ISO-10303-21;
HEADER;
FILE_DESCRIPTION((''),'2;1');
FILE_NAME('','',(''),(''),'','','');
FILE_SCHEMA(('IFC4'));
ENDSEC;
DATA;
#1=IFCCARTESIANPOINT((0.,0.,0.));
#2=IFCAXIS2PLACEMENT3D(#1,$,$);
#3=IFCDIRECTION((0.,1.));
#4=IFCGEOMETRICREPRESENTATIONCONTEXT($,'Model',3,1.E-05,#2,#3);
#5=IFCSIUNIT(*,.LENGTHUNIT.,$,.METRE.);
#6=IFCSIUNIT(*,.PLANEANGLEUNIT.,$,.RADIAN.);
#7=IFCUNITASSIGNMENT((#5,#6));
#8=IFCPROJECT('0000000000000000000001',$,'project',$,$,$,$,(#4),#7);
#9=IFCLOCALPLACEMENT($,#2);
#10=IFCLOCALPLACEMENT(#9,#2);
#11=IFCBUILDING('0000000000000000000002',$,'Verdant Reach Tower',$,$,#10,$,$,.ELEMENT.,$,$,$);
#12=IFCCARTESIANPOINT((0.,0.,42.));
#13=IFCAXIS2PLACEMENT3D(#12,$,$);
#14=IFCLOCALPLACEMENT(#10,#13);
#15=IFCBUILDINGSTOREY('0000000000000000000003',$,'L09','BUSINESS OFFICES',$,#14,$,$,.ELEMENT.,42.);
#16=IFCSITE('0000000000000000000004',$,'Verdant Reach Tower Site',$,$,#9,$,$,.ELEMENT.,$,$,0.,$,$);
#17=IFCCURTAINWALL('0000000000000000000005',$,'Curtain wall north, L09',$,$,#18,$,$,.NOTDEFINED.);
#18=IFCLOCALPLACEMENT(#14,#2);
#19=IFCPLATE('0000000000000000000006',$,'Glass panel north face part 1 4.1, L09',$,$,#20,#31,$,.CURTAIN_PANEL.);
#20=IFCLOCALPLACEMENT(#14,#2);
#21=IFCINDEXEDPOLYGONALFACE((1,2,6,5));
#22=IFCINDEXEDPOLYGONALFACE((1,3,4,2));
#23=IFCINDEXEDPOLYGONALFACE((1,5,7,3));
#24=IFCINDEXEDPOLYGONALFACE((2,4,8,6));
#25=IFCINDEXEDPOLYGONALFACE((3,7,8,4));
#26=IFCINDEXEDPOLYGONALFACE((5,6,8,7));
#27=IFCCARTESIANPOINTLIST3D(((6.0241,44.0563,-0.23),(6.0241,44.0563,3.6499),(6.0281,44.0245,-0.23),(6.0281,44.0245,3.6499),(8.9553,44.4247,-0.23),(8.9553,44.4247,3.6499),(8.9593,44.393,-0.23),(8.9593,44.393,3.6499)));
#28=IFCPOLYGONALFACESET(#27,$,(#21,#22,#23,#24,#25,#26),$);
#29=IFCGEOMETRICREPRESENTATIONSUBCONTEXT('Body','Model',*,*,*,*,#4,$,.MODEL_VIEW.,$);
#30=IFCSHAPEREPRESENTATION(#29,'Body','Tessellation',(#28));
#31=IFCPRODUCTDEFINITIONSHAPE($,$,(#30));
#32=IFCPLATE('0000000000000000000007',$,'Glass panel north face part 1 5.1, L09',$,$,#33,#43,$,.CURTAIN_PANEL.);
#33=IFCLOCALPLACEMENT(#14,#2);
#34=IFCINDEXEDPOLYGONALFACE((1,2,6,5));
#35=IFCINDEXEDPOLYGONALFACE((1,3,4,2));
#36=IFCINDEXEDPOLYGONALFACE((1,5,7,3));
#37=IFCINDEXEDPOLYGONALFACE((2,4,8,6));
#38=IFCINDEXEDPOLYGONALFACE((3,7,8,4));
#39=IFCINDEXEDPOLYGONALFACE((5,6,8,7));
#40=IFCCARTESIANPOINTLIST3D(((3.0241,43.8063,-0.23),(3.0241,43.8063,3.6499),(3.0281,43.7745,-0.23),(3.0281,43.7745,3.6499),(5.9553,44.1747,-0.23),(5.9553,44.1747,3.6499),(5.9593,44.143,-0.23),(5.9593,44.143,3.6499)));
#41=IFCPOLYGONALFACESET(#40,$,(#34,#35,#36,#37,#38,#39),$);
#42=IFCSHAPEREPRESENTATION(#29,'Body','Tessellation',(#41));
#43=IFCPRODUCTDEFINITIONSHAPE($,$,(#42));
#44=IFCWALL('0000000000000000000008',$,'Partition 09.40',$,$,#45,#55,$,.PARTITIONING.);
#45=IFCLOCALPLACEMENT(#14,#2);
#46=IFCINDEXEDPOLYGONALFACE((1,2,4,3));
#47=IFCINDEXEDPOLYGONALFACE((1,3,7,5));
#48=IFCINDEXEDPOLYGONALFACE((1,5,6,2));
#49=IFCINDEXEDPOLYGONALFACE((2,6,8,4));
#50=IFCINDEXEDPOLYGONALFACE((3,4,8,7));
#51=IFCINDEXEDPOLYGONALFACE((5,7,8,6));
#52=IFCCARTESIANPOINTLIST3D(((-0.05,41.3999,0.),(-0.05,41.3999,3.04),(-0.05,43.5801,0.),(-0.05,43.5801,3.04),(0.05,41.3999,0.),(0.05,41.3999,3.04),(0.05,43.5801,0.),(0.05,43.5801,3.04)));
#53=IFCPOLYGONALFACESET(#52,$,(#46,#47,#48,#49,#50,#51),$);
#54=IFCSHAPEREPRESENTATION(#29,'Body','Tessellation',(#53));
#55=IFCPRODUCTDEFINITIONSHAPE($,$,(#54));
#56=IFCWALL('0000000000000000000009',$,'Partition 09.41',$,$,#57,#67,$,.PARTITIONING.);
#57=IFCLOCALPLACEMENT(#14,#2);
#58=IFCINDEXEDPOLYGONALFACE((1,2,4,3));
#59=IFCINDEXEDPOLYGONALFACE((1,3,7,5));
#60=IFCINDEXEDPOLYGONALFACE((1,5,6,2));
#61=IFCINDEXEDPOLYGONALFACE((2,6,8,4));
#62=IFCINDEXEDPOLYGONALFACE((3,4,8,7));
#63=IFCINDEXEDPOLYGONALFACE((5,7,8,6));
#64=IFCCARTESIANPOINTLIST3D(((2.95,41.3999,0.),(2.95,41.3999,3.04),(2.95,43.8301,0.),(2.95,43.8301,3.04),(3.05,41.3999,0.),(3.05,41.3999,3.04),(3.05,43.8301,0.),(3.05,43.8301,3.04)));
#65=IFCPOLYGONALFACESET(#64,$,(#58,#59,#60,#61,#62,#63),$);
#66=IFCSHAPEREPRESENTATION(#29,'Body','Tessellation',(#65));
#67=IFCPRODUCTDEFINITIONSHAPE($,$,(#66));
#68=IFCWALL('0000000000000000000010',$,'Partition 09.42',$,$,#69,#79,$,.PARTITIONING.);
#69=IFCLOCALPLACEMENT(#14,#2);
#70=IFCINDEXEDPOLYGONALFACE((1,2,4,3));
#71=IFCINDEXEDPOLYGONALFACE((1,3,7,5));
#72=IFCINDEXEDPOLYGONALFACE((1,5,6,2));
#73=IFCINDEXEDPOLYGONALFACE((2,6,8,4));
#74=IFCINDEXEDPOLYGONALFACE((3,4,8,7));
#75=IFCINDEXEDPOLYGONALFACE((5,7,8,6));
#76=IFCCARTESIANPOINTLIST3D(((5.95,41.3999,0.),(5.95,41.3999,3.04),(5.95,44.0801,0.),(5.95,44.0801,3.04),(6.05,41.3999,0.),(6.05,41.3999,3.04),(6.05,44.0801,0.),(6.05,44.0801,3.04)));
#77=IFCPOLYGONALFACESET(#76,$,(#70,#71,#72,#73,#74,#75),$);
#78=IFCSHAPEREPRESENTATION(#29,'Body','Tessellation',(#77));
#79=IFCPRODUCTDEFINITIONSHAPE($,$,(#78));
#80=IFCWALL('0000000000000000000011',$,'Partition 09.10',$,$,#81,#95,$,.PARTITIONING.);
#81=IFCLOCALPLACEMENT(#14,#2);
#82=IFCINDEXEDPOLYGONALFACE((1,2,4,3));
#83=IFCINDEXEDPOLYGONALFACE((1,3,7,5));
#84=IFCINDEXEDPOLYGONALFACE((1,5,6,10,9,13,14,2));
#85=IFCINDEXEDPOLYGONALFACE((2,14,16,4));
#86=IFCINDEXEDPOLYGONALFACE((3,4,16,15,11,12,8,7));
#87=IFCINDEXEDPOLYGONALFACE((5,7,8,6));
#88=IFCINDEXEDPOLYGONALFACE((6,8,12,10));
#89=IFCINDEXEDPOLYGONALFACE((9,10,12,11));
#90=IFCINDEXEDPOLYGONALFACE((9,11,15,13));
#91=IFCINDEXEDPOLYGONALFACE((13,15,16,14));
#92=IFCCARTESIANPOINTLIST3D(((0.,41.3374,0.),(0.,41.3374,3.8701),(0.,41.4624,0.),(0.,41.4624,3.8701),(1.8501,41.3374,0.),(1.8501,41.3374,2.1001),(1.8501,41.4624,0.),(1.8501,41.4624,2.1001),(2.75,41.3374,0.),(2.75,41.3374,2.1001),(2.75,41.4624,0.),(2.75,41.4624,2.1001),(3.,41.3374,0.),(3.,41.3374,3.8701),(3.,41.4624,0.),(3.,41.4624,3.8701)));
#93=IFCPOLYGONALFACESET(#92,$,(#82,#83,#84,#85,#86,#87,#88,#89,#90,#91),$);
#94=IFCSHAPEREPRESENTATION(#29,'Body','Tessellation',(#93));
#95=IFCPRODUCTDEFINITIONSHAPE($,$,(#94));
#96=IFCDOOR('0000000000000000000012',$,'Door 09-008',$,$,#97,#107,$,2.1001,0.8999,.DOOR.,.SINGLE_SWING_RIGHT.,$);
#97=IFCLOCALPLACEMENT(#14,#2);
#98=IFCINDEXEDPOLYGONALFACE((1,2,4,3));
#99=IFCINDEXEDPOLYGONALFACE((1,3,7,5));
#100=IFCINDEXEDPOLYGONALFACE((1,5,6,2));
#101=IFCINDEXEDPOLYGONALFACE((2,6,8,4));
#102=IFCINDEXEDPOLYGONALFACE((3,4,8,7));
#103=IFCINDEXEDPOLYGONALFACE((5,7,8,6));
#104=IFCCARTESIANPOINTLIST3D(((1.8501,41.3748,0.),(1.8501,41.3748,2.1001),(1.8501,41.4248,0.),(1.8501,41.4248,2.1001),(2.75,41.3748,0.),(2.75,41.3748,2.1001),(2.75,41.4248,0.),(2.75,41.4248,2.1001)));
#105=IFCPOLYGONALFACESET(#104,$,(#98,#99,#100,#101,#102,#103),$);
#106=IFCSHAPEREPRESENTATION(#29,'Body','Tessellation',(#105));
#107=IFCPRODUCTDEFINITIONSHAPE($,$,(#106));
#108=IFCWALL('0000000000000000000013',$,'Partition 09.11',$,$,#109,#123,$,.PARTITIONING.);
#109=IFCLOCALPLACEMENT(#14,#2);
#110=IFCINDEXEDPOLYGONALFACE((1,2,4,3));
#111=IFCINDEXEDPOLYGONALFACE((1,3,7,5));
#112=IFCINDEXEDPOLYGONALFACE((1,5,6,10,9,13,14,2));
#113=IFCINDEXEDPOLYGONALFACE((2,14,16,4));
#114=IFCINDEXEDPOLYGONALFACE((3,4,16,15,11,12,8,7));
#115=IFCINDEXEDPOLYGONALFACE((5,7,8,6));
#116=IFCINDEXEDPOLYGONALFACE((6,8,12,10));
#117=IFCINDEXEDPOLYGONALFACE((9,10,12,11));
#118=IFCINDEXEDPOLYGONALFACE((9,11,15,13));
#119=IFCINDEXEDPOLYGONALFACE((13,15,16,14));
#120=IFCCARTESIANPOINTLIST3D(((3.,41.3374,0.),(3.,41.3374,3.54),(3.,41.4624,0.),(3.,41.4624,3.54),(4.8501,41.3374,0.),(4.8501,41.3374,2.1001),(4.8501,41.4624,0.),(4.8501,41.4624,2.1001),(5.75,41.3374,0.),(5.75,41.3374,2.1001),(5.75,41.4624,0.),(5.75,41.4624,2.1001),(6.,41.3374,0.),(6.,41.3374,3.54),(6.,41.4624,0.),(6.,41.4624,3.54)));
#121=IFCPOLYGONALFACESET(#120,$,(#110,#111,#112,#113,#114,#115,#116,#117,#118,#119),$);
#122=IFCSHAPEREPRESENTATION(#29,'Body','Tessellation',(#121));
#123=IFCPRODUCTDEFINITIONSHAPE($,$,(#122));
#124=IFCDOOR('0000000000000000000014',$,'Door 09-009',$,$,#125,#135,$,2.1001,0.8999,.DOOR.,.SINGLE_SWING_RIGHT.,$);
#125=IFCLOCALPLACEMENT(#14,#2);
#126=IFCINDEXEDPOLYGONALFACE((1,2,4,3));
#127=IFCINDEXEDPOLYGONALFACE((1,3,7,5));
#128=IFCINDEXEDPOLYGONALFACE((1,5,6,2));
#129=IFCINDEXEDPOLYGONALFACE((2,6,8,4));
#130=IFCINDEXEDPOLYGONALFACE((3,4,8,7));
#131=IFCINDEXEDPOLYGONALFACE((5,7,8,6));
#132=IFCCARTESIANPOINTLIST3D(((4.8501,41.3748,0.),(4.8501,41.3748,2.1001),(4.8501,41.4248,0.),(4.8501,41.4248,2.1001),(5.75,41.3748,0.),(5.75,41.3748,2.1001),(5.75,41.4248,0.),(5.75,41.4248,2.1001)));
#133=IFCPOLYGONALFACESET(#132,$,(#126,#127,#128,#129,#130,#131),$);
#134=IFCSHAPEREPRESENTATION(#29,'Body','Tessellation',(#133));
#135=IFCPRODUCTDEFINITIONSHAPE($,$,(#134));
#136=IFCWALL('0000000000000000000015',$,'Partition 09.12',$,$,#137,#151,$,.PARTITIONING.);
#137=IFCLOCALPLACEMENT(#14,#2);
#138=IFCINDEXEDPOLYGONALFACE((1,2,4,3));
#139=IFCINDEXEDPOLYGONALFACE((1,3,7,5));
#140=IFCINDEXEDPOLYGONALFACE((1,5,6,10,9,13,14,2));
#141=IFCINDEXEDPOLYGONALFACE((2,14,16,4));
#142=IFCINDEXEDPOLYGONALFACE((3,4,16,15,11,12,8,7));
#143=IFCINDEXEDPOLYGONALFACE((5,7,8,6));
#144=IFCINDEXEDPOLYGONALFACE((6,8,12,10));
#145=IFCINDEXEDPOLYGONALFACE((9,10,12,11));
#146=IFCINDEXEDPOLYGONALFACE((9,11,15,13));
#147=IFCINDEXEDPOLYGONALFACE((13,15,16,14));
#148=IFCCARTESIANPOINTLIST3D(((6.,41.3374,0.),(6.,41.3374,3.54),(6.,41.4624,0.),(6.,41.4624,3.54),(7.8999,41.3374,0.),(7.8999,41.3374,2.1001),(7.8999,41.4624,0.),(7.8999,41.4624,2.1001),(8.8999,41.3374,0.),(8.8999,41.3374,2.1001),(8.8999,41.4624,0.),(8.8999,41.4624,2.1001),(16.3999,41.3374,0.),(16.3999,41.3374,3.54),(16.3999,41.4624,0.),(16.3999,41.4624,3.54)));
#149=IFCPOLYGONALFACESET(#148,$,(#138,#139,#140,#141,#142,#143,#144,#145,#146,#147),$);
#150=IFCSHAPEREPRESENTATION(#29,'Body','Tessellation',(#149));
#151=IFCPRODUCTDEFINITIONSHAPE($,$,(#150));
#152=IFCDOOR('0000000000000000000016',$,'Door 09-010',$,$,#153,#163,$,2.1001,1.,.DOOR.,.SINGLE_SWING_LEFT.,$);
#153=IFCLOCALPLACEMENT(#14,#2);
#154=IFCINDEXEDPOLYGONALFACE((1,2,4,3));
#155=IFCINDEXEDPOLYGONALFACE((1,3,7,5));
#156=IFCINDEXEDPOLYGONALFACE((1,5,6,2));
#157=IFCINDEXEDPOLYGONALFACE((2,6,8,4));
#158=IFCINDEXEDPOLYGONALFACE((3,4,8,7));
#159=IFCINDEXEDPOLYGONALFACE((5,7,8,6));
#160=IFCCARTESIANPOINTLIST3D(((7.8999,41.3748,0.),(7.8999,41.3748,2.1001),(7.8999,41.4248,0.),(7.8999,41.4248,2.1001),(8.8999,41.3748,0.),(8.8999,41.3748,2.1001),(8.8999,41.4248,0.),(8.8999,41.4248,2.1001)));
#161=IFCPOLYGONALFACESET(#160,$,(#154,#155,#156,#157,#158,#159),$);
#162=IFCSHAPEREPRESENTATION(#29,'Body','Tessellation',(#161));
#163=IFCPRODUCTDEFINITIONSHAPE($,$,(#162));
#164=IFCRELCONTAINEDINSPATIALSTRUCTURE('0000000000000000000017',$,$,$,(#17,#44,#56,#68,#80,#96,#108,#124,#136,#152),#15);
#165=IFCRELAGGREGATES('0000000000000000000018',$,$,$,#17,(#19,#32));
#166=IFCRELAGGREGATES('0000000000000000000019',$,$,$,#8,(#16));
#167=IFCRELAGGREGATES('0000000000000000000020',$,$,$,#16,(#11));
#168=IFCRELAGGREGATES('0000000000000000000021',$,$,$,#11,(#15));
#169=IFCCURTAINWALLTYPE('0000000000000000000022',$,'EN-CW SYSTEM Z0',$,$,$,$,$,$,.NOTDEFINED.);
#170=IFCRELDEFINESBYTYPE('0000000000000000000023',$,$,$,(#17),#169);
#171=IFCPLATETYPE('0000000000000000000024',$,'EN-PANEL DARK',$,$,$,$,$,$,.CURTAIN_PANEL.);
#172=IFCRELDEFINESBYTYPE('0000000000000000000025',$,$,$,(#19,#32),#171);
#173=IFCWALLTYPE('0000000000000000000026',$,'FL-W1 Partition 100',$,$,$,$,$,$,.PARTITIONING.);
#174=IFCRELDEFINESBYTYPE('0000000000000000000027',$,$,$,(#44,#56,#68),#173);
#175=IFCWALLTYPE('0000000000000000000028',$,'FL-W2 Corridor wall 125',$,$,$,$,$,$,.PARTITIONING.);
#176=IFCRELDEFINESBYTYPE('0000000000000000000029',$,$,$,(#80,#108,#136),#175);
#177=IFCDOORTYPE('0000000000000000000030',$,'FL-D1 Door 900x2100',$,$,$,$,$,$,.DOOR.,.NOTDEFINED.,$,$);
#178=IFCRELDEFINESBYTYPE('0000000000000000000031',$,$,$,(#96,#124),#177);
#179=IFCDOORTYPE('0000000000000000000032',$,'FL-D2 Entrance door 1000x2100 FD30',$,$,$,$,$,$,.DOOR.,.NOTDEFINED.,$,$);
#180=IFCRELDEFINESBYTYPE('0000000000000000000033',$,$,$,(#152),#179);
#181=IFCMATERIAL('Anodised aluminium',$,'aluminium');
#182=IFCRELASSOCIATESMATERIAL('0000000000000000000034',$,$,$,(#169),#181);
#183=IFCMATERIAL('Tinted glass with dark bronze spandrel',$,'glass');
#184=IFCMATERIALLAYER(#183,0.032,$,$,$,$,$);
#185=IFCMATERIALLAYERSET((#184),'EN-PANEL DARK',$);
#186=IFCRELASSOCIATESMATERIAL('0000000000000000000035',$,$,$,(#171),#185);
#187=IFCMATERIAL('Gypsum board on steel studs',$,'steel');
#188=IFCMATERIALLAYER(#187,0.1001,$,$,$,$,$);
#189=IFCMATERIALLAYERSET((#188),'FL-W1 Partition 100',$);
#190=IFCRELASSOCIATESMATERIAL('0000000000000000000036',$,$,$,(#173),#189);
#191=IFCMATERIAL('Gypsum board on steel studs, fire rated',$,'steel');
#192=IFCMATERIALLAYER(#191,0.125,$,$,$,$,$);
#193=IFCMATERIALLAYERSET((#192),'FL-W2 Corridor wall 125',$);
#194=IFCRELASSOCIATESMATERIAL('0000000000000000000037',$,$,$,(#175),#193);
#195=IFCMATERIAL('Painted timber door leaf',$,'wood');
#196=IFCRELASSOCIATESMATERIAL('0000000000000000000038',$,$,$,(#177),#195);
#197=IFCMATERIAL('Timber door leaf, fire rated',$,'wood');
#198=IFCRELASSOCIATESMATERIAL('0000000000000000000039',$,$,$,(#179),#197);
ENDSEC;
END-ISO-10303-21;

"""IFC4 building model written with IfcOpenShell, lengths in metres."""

from ifc_helpers import new_model, si_unit, direction, frame, frame_2d, origin, origin_2d, place, context, subcontext, project, spatial, rectangle, extrude, material, layer, layer_set, type_object, element, fill, aggregate, save


model = new_model("IFC4")

# Units and contexts
model_context = context("Model", 3, precision=1e-05, world=origin(), true_north=direction((0.0, 1.0)))
body_context = subcontext(model_context, "Body", "Model", "MODEL_VIEW")
ifc_project = project(units=[si_unit("LENGTHUNIT", "METRE"), si_unit("PLANEANGLEUNIT", "RADIAN")], contexts=[model_context])

# Site, building, storey
site_placement = place(None, origin())
site = spatial("IfcSite", under=ifc_project, at=site_placement, Name="Verdant Reach Tower Site", CompositionType="ELEMENT", RefElevation=0.0)
building_placement = place(site_placement, origin())
building = spatial("IfcBuilding", under=site, at=building_placement, Name="Verdant Reach Tower", CompositionType="ELEMENT")
storey_placement = place(building_placement, frame((0.0, 0.0, 42.0)))
storey = spatial("IfcBuildingStorey", under=building, at=storey_placement, Name="L09", Description="BUSINESS OFFICES", CompositionType="ELEMENT", Elevation=42.0)

# Curtain wall, plates
ifc_material_1 = material(Name="Anodised aluminium", Category="aluminium")
curtain_wall_type = type_object("IfcCurtainWallType", Name="EN-CW SYSTEM Z0", PredefinedType="NOTDEFINED", material=ifc_material_1)
curtain_wall_placement = place(storey_placement, origin())
curtain_wall = element("IfcCurtainWall", 1, at=curtain_wall_placement, inside=storey, type_object=curtain_wall_type, Name="Curtain wall north, L09", PredefinedType="NOTDEFINED")
ifc_material_2 = material(Name="Tinted glass with dark bronze spandrel", Category="glass")
ifc_layer_1 = layer(ifc_material_2, 0.032)
ifc_layer_set_1 = layer_set([ifc_layer_1], Name="EN-PANEL DARK")
plate_type_1 = type_object("IfcPlateType", Name="EN-PANEL DARK", PredefinedType="CURTAIN_PANEL", material=ifc_layer_set_1)
plate_1_placement = place(storey_placement, frame((7.4917, 44.2246, -0.23), z_axis=(0.0, 0.0, 1.0), x_axis=(-0.992194, -0.124704, 0.0)))
plate_1 = element("IfcPlate", 2, at=plate_1_placement, type_object=plate_type_1, Name="Glass panel north face part 1 4.1, L09", PredefinedType="CURTAIN_PANEL", context=body_context, shape_type="SweptSolid", body=[
    extrude(rectangle(XDim=2.9543, YDim=0.032, at=origin_2d()), origin(), (0.0, 0.0, 1.0), 3.8799),
])
plate_2_placement = place(storey_placement, frame((4.4917, 43.9746, -0.23), z_axis=(0.0, 0.0, 1.0), x_axis=(-0.992194, -0.124704, 0.0)))
plate_2 = element("IfcPlate", 3, at=plate_2_placement, type_object=plate_type_1, Name="Glass panel north face part 1 5.1, L09", PredefinedType="CURTAIN_PANEL", context=body_context, shape_type="SweptSolid", body=[
    extrude(rectangle(XDim=2.9543, YDim=0.032, at=origin_2d()), origin(), (0.0, 0.0, 1.0), 3.8799),
])
aggregate(curtain_wall, [plate_1, plate_2])

# Walls
ifc_material_3 = material(Name="Gypsum board on steel studs", Category="steel")
ifc_layer_2 = layer(ifc_material_3, 0.1001)
ifc_layer_set_2 = layer_set([ifc_layer_2], Name="FL-W1 Partition 100")
wall_type_1 = type_object("IfcWallType", Name="FL-W1 Partition 100", PredefinedType="PARTITIONING", material=ifc_layer_set_2)
wall_1_placement = place(storey_placement, frame((0.0, 41.3999, 0.0), z_axis=(0.0, 0.0, 1.0), x_axis=(0.0, 1.0, 0.0)))
element("IfcWall", 4, at=wall_1_placement, inside=storey, type_object=wall_type_1, Name="Partition 09.40", PredefinedType="PARTITIONING", context=body_context, shape_type="SweptSolid", body=[
    extrude(rectangle(XDim=2.1802, YDim=0.1001, at=frame_2d((1.0901, 0.0))), origin(), (0.0, 0.0, 1.0), 3.04),
])
wall_2_placement = place(storey_placement, frame((3.0, 41.3999, 0.0), z_axis=(0.0, 0.0, 1.0), x_axis=(0.0, 1.0, 0.0)))
element("IfcWall", 5, at=wall_2_placement, inside=storey, type_object=wall_type_1, Name="Partition 09.41", PredefinedType="PARTITIONING", context=body_context, shape_type="SweptSolid", body=[
    extrude(rectangle(XDim=2.4302, YDim=0.1001, at=frame_2d((1.2151, 0.0))), origin(), (0.0, 0.0, 1.0), 3.04),
])
wall_3_placement = place(storey_placement, frame((6.0, 41.3999, 0.0), z_axis=(0.0, 0.0, 1.0), x_axis=(0.0, 1.0, 0.0)))
element("IfcWall", 6, at=wall_3_placement, inside=storey, type_object=wall_type_1, Name="Partition 09.42", PredefinedType="PARTITIONING", context=body_context, shape_type="SweptSolid", body=[
    extrude(rectangle(XDim=2.6802, YDim=0.1001, at=frame_2d((1.3401, 0.0))), origin(), (0.0, 0.0, 1.0), 3.04),
])

# Walls, openings, doors
ifc_material_4 = material(Name="Gypsum board on steel studs, fire rated", Category="steel")
ifc_layer_3 = layer(ifc_material_4, 0.125)
ifc_layer_set_3 = layer_set([ifc_layer_3], Name="FL-W2 Corridor wall 125")
wall_type_2 = type_object("IfcWallType", Name="FL-W2 Corridor wall 125", PredefinedType="PARTITIONING", material=ifc_layer_set_3)
wall_4_placement = place(storey_placement, frame((0.0, 41.3999, 0.0), z_axis=(0.0, 0.0, 1.0), x_axis=(1.0, 0.0, 0.0)))
wall_4 = element("IfcWall", 7, at=wall_4_placement, inside=storey, type_object=wall_type_2, Name="Partition 09.10", PredefinedType="PARTITIONING", context=body_context, shape_type="SweptSolid", body=[
    extrude(rectangle(XDim=3.0, YDim=0.125, at=frame_2d((1.5, 0.0))), origin(), (0.0, 0.0, 1.0), 3.8701),
])
opening_1_placement = place(wall_4_placement, frame((1.8501, 0.0, 0.0)))
opening_1 = element("IfcOpeningElement", 8, at=opening_1_placement, cuts=wall_4, PredefinedType="OPENING", context=body_context, shape_type="SweptSolid", body=[
    extrude(rectangle(XDim=0.8999, YDim=2.1001, at=frame_2d((0.45, 1.05))), frame((0.0, 0.0725, 0.0), z_axis=(0.0, -1.0, 0.0), x_axis=(1.0, 0.0, 0.0)), (0.0, 0.0, 1.0), 0.145),
])
ifc_material_5 = material(Name="Painted timber door leaf", Category="wood")
door_type_1 = type_object("IfcDoorType", Name="FL-D1 Door 900x2100", OperationType="NOTDEFINED", PredefinedType="DOOR", material=ifc_material_5)
door_1_placement = place(opening_1_placement, origin())
door_1 = element("IfcDoor", 9, at=door_1_placement, inside=storey, type_object=door_type_1, Name="Door 09-008", OperationType="SINGLE_SWING_RIGHT", OverallHeight=2.1001, OverallWidth=0.8999, PredefinedType="DOOR", context=body_context, shape_type="SweptSolid", body=[
    extrude(rectangle(XDim=0.8999, YDim=2.1001, at=frame_2d((0.45, 1.05))), frame((0.0, 0.0249, 0.0), z_axis=(0.0, -1.0, 0.0), x_axis=(1.0, 0.0, 0.0)), (0.0, 0.0, 1.0), 0.05),
])
fill(opening_1, door_1)
wall_5_placement = place(storey_placement, frame((3.0, 41.3999, 0.0), z_axis=(0.0, 0.0, 1.0), x_axis=(1.0, 0.0, 0.0)))
wall_5 = element("IfcWall", 10, at=wall_5_placement, inside=storey, type_object=wall_type_2, Name="Partition 09.11", PredefinedType="PARTITIONING", context=body_context, shape_type="SweptSolid", body=[
    extrude(rectangle(XDim=3.0, YDim=0.125, at=frame_2d((1.5, 0.0))), origin(), (0.0, 0.0, 1.0), 3.54),
])
opening_2_placement = place(wall_5_placement, frame((1.8501, 0.0, 0.0)))
opening_2 = element("IfcOpeningElement", 11, at=opening_2_placement, cuts=wall_5, PredefinedType="OPENING", context=body_context, shape_type="SweptSolid", body=[
    extrude(rectangle(XDim=0.8999, YDim=2.1001, at=frame_2d((0.45, 1.05))), frame((0.0, 0.0725, 0.0), z_axis=(0.0, -1.0, 0.0), x_axis=(1.0, 0.0, 0.0)), (0.0, 0.0, 1.0), 0.145),
])
door_2_placement = place(opening_2_placement, origin())
door_2 = element("IfcDoor", 12, at=door_2_placement, inside=storey, type_object=door_type_1, Name="Door 09-009", OperationType="SINGLE_SWING_RIGHT", OverallHeight=2.1001, OverallWidth=0.8999, PredefinedType="DOOR", context=body_context, shape_type="SweptSolid", body=[
    extrude(rectangle(XDim=0.8999, YDim=2.1001, at=frame_2d((0.45, 1.05))), frame((0.0, 0.0249, 0.0), z_axis=(0.0, -1.0, 0.0), x_axis=(1.0, 0.0, 0.0)), (0.0, 0.0, 1.0), 0.05),
])
fill(opening_2, door_2)
wall_6_placement = place(storey_placement, frame((6.0, 41.3999, 0.0), z_axis=(0.0, 0.0, 1.0), x_axis=(1.0, 0.0, 0.0)))
wall_6 = element("IfcWall", 13, at=wall_6_placement, inside=storey, type_object=wall_type_2, Name="Partition 09.12", PredefinedType="PARTITIONING", context=body_context, shape_type="SweptSolid", body=[
    extrude(rectangle(XDim=10.3999, YDim=0.125, at=frame_2d((5.2, 0.0))), origin(), (0.0, 0.0, 1.0), 3.54),
])
opening_3_placement = place(wall_6_placement, frame((1.8999, 0.0, 0.0)))
opening_3 = element("IfcOpeningElement", 14, at=opening_3_placement, cuts=wall_6, PredefinedType="OPENING", context=body_context, shape_type="SweptSolid", body=[
    extrude(rectangle(XDim=1.0, YDim=2.1001, at=frame_2d((0.5, 1.05))), frame((0.0, 0.0725, 0.0), z_axis=(0.0, -1.0, 0.0), x_axis=(1.0, 0.0, 0.0)), (0.0, 0.0, 1.0), 0.145),
])
ifc_material_6 = material(Name="Timber door leaf, fire rated", Category="wood")
door_type_2 = type_object("IfcDoorType", Name="FL-D2 Entrance door 1000x2100 FD30", OperationType="NOTDEFINED", PredefinedType="DOOR", material=ifc_material_6)
door_3_placement = place(opening_3_placement, origin())
door_3 = element("IfcDoor", 15, at=door_3_placement, inside=storey, type_object=door_type_2, Name="Door 09-010", OperationType="SINGLE_SWING_LEFT", OverallHeight=2.1001, OverallWidth=1.0, PredefinedType="DOOR", context=body_context, shape_type="SweptSolid", body=[
    extrude(rectangle(XDim=1.0, YDim=2.1001, at=frame_2d((0.5, 1.05))), frame((0.0, 0.0249, 0.0), z_axis=(0.0, -1.0, 0.0), x_axis=(1.0, 0.0, 0.0)), (0.0, 0.0, 1.0), 0.05),
])
fill(opening_3, door_3)

save(model, "model.ifc")
